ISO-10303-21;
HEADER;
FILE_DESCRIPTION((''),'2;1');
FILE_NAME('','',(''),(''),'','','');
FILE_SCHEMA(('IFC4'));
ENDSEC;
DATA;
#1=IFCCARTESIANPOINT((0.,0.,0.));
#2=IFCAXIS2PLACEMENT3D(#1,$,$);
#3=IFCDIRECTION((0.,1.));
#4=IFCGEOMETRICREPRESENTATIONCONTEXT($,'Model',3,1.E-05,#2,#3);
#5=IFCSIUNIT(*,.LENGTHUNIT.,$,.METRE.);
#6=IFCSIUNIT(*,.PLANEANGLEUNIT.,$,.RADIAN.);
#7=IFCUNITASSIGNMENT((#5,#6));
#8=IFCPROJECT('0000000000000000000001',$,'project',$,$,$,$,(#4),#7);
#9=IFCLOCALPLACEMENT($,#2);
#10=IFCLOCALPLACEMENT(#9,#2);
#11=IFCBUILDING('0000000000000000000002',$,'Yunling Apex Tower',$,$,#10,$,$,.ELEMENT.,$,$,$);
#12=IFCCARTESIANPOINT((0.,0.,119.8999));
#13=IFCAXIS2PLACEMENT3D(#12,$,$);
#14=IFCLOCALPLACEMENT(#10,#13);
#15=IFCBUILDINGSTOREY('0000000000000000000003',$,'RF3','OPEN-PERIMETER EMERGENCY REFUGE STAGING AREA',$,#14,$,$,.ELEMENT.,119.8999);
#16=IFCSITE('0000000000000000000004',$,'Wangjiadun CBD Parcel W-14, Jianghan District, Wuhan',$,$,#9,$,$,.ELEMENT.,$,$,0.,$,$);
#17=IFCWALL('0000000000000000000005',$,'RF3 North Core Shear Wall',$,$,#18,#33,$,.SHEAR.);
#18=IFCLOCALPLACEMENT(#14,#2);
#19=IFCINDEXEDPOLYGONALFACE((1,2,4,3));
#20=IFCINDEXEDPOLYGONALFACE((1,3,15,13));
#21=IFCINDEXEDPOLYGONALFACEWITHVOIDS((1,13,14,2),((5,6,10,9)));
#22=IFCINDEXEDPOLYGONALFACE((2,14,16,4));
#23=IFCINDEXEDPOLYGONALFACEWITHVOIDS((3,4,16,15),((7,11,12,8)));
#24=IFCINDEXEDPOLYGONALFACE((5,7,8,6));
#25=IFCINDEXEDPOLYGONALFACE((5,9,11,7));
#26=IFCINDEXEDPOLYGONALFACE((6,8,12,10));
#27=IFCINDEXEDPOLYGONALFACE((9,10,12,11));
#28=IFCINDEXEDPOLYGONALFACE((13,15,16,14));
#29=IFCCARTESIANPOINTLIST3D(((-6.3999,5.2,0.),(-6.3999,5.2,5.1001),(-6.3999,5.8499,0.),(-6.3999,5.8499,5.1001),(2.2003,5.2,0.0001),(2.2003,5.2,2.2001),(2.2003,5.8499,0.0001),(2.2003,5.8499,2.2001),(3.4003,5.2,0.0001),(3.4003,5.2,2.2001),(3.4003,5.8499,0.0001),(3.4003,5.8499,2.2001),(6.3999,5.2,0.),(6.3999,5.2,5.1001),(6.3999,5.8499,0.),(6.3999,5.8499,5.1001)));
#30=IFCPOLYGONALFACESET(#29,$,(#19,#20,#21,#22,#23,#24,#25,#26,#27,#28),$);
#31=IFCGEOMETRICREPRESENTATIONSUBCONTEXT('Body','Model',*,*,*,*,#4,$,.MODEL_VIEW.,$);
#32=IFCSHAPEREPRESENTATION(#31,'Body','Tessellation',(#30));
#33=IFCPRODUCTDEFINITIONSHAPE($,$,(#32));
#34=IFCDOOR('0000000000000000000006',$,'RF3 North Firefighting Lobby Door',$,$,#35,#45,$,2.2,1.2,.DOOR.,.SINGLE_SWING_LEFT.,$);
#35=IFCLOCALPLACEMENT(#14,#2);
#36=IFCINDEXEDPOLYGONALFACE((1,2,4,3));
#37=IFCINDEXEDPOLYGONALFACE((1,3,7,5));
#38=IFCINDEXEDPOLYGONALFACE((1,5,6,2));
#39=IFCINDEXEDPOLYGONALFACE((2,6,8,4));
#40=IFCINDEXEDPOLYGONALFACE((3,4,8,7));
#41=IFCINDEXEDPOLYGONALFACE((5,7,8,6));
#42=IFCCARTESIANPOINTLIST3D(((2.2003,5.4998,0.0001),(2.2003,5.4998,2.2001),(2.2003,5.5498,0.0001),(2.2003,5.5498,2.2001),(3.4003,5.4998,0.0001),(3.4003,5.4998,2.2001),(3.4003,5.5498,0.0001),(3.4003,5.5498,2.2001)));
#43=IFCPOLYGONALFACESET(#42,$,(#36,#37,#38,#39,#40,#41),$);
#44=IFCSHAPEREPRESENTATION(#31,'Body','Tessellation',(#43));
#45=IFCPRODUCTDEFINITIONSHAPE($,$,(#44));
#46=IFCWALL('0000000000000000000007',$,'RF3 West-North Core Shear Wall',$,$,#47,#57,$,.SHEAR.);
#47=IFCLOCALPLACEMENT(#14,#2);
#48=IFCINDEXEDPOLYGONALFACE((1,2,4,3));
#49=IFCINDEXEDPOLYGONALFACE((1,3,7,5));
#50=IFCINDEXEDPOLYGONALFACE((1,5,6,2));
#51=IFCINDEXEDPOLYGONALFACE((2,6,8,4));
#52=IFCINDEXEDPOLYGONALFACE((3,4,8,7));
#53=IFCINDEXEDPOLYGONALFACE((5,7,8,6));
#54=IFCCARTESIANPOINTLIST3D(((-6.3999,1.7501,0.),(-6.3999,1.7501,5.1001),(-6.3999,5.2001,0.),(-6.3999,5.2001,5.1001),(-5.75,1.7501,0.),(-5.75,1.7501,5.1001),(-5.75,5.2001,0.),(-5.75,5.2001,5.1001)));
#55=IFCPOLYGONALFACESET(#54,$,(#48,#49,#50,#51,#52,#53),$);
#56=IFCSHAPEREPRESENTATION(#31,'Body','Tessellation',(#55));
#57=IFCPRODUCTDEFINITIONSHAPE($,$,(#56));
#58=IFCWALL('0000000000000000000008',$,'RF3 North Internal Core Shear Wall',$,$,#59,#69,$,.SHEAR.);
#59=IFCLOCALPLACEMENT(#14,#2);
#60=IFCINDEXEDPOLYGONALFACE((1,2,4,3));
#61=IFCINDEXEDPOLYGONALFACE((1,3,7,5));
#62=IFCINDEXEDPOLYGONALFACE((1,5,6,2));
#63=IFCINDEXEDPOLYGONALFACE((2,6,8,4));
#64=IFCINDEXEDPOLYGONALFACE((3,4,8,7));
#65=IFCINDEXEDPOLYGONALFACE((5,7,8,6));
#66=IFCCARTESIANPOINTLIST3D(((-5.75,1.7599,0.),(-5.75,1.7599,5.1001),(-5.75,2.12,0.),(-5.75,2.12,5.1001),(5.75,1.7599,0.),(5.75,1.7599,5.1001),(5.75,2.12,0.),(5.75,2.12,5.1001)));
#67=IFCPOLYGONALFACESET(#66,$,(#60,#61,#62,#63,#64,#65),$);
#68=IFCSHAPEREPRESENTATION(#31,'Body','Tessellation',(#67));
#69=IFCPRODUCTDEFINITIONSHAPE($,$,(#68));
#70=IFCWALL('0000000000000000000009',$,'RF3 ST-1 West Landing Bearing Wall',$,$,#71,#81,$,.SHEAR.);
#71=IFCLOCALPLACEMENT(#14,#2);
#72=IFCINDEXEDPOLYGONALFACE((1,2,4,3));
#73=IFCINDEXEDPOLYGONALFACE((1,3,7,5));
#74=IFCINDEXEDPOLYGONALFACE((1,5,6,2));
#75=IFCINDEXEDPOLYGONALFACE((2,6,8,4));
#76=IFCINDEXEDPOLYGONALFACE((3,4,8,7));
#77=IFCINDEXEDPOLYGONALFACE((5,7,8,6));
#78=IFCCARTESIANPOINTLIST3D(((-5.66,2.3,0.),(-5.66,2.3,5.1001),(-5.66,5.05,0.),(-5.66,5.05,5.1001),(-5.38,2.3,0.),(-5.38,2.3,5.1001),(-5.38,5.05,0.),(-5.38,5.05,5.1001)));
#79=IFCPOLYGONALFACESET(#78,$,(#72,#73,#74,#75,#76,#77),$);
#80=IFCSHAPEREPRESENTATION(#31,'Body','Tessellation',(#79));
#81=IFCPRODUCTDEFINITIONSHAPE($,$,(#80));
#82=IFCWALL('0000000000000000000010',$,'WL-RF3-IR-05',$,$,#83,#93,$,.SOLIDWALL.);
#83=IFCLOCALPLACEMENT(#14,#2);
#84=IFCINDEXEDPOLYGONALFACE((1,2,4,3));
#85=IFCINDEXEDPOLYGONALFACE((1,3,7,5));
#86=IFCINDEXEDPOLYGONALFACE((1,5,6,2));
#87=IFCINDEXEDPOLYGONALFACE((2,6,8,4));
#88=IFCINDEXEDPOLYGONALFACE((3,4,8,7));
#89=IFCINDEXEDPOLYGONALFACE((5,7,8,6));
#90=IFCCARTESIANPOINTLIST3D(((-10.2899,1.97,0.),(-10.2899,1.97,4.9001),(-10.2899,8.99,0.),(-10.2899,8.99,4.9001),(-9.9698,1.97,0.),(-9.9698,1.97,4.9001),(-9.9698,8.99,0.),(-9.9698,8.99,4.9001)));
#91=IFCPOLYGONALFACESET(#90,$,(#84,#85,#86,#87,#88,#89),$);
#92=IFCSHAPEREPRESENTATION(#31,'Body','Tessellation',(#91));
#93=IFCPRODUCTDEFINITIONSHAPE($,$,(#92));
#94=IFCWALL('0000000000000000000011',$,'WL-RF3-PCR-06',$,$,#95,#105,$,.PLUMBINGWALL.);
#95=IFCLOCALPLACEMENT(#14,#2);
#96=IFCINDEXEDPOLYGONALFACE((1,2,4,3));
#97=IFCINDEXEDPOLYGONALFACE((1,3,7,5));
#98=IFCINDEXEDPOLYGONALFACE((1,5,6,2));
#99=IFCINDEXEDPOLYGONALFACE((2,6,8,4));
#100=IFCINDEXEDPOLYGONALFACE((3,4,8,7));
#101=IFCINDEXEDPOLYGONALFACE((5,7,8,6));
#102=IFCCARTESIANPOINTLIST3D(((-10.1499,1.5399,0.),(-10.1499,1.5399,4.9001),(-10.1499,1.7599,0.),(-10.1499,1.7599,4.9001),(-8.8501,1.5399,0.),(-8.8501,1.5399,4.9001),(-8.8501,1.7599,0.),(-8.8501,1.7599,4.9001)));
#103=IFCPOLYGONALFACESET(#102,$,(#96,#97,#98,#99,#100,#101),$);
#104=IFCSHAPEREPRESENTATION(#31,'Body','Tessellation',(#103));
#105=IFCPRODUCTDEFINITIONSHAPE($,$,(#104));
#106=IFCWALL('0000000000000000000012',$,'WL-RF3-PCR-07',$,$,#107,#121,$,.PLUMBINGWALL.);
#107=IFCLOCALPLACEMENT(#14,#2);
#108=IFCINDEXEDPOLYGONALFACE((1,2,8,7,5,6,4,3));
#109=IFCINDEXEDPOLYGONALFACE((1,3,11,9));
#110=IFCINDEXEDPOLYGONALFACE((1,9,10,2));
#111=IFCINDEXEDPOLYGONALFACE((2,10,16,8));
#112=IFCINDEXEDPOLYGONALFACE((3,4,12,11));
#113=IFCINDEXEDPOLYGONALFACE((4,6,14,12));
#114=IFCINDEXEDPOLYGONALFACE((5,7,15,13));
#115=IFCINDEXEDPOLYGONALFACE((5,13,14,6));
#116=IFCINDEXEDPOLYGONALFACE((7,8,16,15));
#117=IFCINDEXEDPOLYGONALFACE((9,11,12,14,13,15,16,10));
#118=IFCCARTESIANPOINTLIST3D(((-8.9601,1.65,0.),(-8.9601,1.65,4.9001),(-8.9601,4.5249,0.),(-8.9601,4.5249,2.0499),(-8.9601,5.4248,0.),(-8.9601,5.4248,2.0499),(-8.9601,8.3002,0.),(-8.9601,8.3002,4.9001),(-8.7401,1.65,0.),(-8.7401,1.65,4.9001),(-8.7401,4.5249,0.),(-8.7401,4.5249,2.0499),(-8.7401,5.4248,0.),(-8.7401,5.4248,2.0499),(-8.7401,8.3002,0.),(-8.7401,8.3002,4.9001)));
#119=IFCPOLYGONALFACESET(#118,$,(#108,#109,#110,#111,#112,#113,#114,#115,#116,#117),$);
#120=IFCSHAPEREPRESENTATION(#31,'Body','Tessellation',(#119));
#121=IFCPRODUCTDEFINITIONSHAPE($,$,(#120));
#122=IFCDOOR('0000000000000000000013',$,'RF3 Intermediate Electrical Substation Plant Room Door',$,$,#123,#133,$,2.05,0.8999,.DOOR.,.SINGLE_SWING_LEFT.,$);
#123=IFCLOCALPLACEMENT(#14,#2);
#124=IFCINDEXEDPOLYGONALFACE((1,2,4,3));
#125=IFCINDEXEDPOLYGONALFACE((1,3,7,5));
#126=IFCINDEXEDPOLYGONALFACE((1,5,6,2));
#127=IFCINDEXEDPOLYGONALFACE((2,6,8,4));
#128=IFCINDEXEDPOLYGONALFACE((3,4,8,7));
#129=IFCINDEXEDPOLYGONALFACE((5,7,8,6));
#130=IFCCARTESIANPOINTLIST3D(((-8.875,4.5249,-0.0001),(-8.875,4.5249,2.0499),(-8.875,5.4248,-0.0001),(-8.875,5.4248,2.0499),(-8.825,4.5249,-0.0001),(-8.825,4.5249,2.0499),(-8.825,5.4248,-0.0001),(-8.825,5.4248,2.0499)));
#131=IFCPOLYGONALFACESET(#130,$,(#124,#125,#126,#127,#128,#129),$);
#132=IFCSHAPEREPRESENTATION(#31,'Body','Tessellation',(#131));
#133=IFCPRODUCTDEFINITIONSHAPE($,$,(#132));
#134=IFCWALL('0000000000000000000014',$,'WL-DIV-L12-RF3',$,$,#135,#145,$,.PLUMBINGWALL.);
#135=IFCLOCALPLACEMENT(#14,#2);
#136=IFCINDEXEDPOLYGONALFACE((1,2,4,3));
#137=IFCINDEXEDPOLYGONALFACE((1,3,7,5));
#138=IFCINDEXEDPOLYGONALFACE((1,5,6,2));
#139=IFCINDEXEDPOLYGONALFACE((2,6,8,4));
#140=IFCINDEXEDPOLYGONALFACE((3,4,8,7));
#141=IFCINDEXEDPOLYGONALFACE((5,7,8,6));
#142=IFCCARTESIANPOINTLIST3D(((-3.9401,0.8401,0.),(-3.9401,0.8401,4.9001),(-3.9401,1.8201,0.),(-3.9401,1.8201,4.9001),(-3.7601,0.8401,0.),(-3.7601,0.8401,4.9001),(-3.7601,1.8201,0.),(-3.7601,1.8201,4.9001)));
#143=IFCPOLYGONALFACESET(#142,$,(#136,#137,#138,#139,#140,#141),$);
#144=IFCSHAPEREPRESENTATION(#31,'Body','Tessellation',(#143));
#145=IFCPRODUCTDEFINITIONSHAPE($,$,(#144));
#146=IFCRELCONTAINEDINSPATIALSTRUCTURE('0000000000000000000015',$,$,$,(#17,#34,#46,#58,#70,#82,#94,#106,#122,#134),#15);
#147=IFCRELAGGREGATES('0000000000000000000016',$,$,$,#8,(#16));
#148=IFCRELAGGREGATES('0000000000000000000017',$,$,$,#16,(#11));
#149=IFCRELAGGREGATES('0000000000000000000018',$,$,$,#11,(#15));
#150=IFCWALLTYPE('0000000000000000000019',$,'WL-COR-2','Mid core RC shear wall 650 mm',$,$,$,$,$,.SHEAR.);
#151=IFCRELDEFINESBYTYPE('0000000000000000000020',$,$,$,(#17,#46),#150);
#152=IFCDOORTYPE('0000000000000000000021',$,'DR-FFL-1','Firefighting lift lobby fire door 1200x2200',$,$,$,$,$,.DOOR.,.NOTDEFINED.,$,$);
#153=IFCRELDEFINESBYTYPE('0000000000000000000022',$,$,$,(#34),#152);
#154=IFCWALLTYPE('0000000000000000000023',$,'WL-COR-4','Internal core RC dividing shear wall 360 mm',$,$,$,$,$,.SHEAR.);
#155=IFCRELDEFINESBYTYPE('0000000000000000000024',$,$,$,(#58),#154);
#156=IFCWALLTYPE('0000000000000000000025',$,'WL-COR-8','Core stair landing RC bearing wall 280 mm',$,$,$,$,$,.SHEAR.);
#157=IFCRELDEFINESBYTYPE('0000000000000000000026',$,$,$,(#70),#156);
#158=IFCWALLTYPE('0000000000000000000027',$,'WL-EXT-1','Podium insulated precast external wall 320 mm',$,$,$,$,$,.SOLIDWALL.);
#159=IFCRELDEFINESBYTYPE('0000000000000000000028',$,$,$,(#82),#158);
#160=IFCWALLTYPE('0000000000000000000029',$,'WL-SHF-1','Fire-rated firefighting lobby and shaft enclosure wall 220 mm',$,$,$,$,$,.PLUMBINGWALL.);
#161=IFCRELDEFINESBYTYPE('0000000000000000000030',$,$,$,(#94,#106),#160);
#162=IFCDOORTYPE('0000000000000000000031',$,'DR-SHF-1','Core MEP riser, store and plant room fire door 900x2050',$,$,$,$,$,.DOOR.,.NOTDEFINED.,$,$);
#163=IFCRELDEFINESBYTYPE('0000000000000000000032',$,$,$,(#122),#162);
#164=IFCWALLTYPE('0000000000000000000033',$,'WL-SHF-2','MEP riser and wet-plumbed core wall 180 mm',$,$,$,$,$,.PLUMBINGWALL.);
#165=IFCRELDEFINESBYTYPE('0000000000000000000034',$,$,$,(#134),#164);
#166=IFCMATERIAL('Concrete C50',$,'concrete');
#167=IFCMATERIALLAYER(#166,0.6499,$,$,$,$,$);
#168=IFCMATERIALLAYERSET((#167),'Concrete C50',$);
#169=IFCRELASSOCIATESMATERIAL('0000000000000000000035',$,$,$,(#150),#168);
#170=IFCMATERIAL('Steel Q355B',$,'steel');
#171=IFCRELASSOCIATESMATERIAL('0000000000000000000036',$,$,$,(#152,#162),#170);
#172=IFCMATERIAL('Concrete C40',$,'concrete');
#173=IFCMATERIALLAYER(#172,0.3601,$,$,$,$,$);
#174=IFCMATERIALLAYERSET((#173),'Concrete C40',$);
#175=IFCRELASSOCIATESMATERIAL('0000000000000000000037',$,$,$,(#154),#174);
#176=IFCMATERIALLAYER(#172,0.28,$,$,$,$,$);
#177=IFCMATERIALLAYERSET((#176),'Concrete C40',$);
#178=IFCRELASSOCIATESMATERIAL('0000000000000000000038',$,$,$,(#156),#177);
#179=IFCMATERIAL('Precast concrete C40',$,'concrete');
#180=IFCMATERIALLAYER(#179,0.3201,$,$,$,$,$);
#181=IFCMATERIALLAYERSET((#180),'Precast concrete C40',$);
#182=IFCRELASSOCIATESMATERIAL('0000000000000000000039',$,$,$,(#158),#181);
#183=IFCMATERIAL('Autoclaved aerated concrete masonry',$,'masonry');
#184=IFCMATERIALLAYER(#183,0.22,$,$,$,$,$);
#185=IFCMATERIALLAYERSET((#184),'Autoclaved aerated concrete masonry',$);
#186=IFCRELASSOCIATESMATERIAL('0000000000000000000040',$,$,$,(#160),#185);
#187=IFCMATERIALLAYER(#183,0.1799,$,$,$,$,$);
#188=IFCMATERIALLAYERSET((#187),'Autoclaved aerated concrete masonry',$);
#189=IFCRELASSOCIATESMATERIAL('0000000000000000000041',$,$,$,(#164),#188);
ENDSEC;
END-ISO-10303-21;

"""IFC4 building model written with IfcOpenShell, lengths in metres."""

from ifc_helpers import new_model, si_unit, direction, frame, frame_2d, origin, place, context, subcontext, project, spatial, rectangle, extrude, material, layer, layer_set, type_object, element, fill, save


model = new_model("IFC4")

# Units and contexts
model_context = context("Model", 3, precision=1e-05, world=origin(), true_north=direction((0.0, 1.0)))
body_context = subcontext(model_context, "Body", "Model", "MODEL_VIEW")
ifc_project = project(units=[si_unit("LENGTHUNIT", "METRE"), si_unit("PLANEANGLEUNIT", "RADIAN")], contexts=[model_context])

# Site, building, storey
site_placement = place(None, origin())
site = spatial("IfcSite", under=ifc_project, at=site_placement, Name="Wangjiadun CBD Parcel W-14, Jianghan District, Wuhan", CompositionType="ELEMENT", RefElevation=0.0)
building_placement = place(site_placement, origin())
building = spatial("IfcBuilding", under=site, at=building_placement, Name="Yunling Apex Tower", CompositionType="ELEMENT")
storey_placement = place(building_placement, frame((0.0, 0.0, 119.8999)))
storey = spatial("IfcBuildingStorey", under=building, at=storey_placement, Name="RF3", Description="OPEN-PERIMETER EMERGENCY REFUGE STAGING AREA", CompositionType="ELEMENT", Elevation=119.8999)

# Shared definitions
ifc_material_1 = material(Name="Concrete C50", Category="concrete")

# Shared definitions
ifc_material_2 = material(Name="Steel Q355B", Category="steel")

# Wall, opening, door
ifc_layer_1 = layer(ifc_material_1, 0.6499)
ifc_layer_set_1 = layer_set([ifc_layer_1], Name="Concrete C50")
wall_type_1 = type_object("IfcWallType", Name="WL-COR-2", Description="Mid core RC shear wall 650 mm", PredefinedType="SHEAR", material=ifc_layer_set_1)
wall_1_placement = place(storey_placement, frame((-6.3999, 5.5249, 0.0), z_axis=(0.0, 0.0, 1.0), x_axis=(1.0, 0.0, 0.0)))
wall_1 = element("IfcWall", 1, at=wall_1_placement, inside=storey, type_object=wall_type_1, Name="RF3 North Core Shear Wall", PredefinedType="SHEAR", context=body_context, shape_type="SweptSolid", body=[
    extrude(rectangle(XDim=12.7998, YDim=0.6499, at=frame_2d((6.3999, 0.0))), origin(), (0.0, 0.0, 1.0), 5.1001),
])
opening_1_placement = place(wall_1_placement, frame((8.6001, 0.0, 0.0)))
opening_1 = element("IfcOpeningElement", 2, at=opening_1_placement, cuts=wall_1, PredefinedType="OPENING", context=body_context, shape_type="SweptSolid", body=[
    extrude(rectangle(XDim=1.2, YDim=2.2, at=frame_2d((0.6001, 1.1001))), frame((0.0, 0.335, 0.0), z_axis=(0.0, -1.0, 0.0), x_axis=(1.0, 0.0, 0.0)), (0.0, 0.0, 1.0), 0.6699),
])
door_type_1 = type_object("IfcDoorType", Name="DR-FFL-1", Description="Firefighting lift lobby fire door 1200x2200", OperationType="NOTDEFINED", PredefinedType="DOOR", material=ifc_material_2)
door_1_placement = place(opening_1_placement, origin())
door_1 = element("IfcDoor", 3, at=door_1_placement, inside=storey, type_object=door_type_1, Name="RF3 North Firefighting Lobby Door", OperationType="SINGLE_SWING_LEFT", OverallHeight=2.2, OverallWidth=1.2, PredefinedType="DOOR", context=body_context, shape_type="SweptSolid", body=[
    extrude(rectangle(XDim=1.2, YDim=2.2, at=frame_2d((0.6001, 1.1001))), frame((0.0, 0.0249, 0.0), z_axis=(0.0, -1.0, 0.0), x_axis=(1.0, 0.0, 0.0)), (0.0, 0.0, 1.0), 0.05),
])
fill(opening_1, door_1)

# Walls
wall_2_placement = place(storey_placement, frame((-6.075, 1.75, 0.0), z_axis=(0.0, 0.0, 1.0), x_axis=(0.0, 1.0, 0.0)))
element("IfcWall", 4, at=wall_2_placement, inside=storey, type_object=wall_type_1, Name="RF3 West-North Core Shear Wall", PredefinedType="SHEAR", context=body_context, shape_type="SweptSolid", body=[
    extrude(rectangle(XDim=3.45, YDim=0.6499, at=frame_2d((1.7251, 0.0))), origin(), (0.0, 0.0, 1.0), 5.1001),
])
ifc_material_3 = material(Name="Concrete C40", Category="concrete")
ifc_layer_2 = layer(ifc_material_3, 0.3601)
ifc_layer_set_2 = layer_set([ifc_layer_2], Name="Concrete C40")
wall_type_2 = type_object("IfcWallType", Name="WL-COR-4", Description="Internal core RC dividing shear wall 360 mm", PredefinedType="SHEAR", material=ifc_layer_set_2)
wall_3_placement = place(storey_placement, frame((-5.75, 1.9399, 0.0), z_axis=(0.0, 0.0, 1.0), x_axis=(1.0, 0.0, 0.0)))
element("IfcWall", 5, at=wall_3_placement, inside=storey, type_object=wall_type_2, Name="RF3 North Internal Core Shear Wall", PredefinedType="SHEAR", context=body_context, shape_type="SweptSolid", body=[
    extrude(rectangle(XDim=11.5, YDim=0.3601, at=frame_2d((5.75, 0.0))), origin(), (0.0, 0.0, 1.0), 5.1001),
])
ifc_layer_3 = layer(ifc_material_3, 0.28)
ifc_layer_set_3 = layer_set([ifc_layer_3], Name="Concrete C40")
wall_type_3 = type_object("IfcWallType", Name="WL-COR-8", Description="Core stair landing RC bearing wall 280 mm", PredefinedType="SHEAR", material=ifc_layer_set_3)
wall_4_placement = place(storey_placement, frame((-5.52, 2.3, 0.0), z_axis=(0.0, 0.0, 1.0), x_axis=(0.0, 1.0, 0.0)))
element("IfcWall", 6, at=wall_4_placement, inside=storey, type_object=wall_type_3, Name="RF3 ST-1 West Landing Bearing Wall", PredefinedType="SHEAR", context=body_context, shape_type="SweptSolid", body=[
    extrude(rectangle(XDim=2.75, YDim=0.28, at=frame_2d((1.375, 0.0))), origin(), (0.0, 0.0, 1.0), 5.1001),
])
ifc_material_4 = material(Name="Precast concrete C40", Category="concrete")
ifc_layer_4 = layer(ifc_material_4, 0.3201)
ifc_layer_set_4 = layer_set([ifc_layer_4], Name="Precast concrete C40")
wall_type_4 = type_object("IfcWallType", Name="WL-EXT-1", Description="Podium insulated precast external wall 320 mm", PredefinedType="SOLIDWALL", material=ifc_layer_set_4)
wall_5_placement = place(storey_placement, frame((-10.1299, 1.97, 0.0), z_axis=(0.0, 0.0, 1.0), x_axis=(0.0, 1.0, 0.0)))
element("IfcWall", 7, at=wall_5_placement, inside=storey, type_object=wall_type_4, Name="WL-RF3-IR-05", PredefinedType="SOLIDWALL", context=body_context, shape_type="SweptSolid", body=[
    extrude(rectangle(XDim=7.02, YDim=0.3201, at=frame_2d((3.51, 0.0))), origin(), (0.0, 0.0, 1.0), 4.9001),
])
ifc_material_5 = material(Name="Autoclaved aerated concrete masonry", Category="masonry")
ifc_layer_5 = layer(ifc_material_5, 0.22)
ifc_layer_set_5 = layer_set([ifc_layer_5], Name="Autoclaved aerated concrete masonry")
wall_type_5 = type_object("IfcWallType", Name="WL-SHF-1", Description="Fire-rated firefighting lobby and shaft enclosure wall 220 mm", PredefinedType="PLUMBINGWALL", material=ifc_layer_set_5)
wall_6_placement = place(storey_placement, frame((-10.1499, 1.6499, 0.0), z_axis=(0.0, 0.0, 1.0), x_axis=(1.0, 0.0, 0.0)))
element("IfcWall", 8, at=wall_6_placement, inside=storey, type_object=wall_type_5, Name="WL-RF3-PCR-06", PredefinedType="PLUMBINGWALL", context=body_context, shape_type="SweptSolid", body=[
    extrude(rectangle(XDim=1.2998, YDim=0.22, at=frame_2d((0.6499, 0.0))), origin(), (0.0, 0.0, 1.0), 4.9001),
])

# Wall, opening, door
wall_7_placement = place(storey_placement, frame((-8.8501, 1.6499, 0.0), z_axis=(0.0, 0.0, 1.0), x_axis=(0.0, 1.0, 0.0)))
wall_7 = element("IfcWall", 9, at=wall_7_placement, inside=storey, type_object=wall_type_5, Name="WL-RF3-PCR-07", PredefinedType="PLUMBINGWALL", context=body_context, shape_type="SweptSolid", body=[
    extrude(rectangle(XDim=6.6501, YDim=0.22, at=frame_2d((3.3252, 0.0))), origin(), (0.0, 0.0, 1.0), 4.9001),
])
opening_2_placement = place(wall_7_placement, frame((2.875, 0.0, 0.0)))
opening_2 = element("IfcOpeningElement", 10, at=opening_2_placement, cuts=wall_7, PredefinedType="OPENING", context=body_context, shape_type="SweptSolid", body=[
    extrude(rectangle(XDim=0.8999, YDim=2.05, at=frame_2d((0.45, 1.0249))), frame((0.0, 0.1201, 0.0), z_axis=(0.0, -1.0, 0.0), x_axis=(1.0, 0.0, 0.0)), (0.0, 0.0, 1.0), 0.24),
])
door_type_2 = type_object("IfcDoorType", Name="DR-SHF-1", Description="Core MEP riser, store and plant room fire door 900x2050", OperationType="NOTDEFINED", PredefinedType="DOOR", material=ifc_material_2)
door_2_placement = place(opening_2_placement, origin())
door_2 = element("IfcDoor", 11, at=door_2_placement, inside=storey, type_object=door_type_2, Name="RF3 Intermediate Electrical Substation Plant Room Door", OperationType="SINGLE_SWING_LEFT", OverallHeight=2.05, OverallWidth=0.8999, PredefinedType="DOOR", context=body_context, shape_type="SweptSolid", body=[
    extrude(rectangle(XDim=0.8999, YDim=2.05, at=frame_2d((0.45, 1.0249))), frame((0.0, 0.0249, 0.0), z_axis=(0.0, -1.0, 0.0), x_axis=(1.0, 0.0, 0.0)), (0.0, 0.0, 1.0), 0.05),
])
fill(opening_2, door_2)

# Wall
ifc_layer_6 = layer(ifc_material_5, 0.1799)
ifc_layer_set_6 = layer_set([ifc_layer_6], Name="Autoclaved aerated concrete masonry")
wall_type_6 = type_object("IfcWallType", Name="WL-SHF-2", Description="MEP riser and wet-plumbed core wall 180 mm", PredefinedType="PLUMBINGWALL", material=ifc_layer_set_6)
wall_8_placement = place(storey_placement, frame((-3.8501, 0.8401, 0.0), z_axis=(0.0, 0.0, 1.0), x_axis=(0.0, 1.0, 0.0)))
element("IfcWall", 12, at=wall_8_placement, inside=storey, type_object=wall_type_6, Name="WL-DIV-L12-RF3", PredefinedType="PLUMBINGWALL", context=body_context, shape_type="SweptSolid", body=[
    extrude(rectangle(XDim=0.98, YDim=0.1799, at=frame_2d((0.49, 0.0))), origin(), (0.0, 0.0, 1.0), 4.9001),
])

save(model, "model.ifc")
